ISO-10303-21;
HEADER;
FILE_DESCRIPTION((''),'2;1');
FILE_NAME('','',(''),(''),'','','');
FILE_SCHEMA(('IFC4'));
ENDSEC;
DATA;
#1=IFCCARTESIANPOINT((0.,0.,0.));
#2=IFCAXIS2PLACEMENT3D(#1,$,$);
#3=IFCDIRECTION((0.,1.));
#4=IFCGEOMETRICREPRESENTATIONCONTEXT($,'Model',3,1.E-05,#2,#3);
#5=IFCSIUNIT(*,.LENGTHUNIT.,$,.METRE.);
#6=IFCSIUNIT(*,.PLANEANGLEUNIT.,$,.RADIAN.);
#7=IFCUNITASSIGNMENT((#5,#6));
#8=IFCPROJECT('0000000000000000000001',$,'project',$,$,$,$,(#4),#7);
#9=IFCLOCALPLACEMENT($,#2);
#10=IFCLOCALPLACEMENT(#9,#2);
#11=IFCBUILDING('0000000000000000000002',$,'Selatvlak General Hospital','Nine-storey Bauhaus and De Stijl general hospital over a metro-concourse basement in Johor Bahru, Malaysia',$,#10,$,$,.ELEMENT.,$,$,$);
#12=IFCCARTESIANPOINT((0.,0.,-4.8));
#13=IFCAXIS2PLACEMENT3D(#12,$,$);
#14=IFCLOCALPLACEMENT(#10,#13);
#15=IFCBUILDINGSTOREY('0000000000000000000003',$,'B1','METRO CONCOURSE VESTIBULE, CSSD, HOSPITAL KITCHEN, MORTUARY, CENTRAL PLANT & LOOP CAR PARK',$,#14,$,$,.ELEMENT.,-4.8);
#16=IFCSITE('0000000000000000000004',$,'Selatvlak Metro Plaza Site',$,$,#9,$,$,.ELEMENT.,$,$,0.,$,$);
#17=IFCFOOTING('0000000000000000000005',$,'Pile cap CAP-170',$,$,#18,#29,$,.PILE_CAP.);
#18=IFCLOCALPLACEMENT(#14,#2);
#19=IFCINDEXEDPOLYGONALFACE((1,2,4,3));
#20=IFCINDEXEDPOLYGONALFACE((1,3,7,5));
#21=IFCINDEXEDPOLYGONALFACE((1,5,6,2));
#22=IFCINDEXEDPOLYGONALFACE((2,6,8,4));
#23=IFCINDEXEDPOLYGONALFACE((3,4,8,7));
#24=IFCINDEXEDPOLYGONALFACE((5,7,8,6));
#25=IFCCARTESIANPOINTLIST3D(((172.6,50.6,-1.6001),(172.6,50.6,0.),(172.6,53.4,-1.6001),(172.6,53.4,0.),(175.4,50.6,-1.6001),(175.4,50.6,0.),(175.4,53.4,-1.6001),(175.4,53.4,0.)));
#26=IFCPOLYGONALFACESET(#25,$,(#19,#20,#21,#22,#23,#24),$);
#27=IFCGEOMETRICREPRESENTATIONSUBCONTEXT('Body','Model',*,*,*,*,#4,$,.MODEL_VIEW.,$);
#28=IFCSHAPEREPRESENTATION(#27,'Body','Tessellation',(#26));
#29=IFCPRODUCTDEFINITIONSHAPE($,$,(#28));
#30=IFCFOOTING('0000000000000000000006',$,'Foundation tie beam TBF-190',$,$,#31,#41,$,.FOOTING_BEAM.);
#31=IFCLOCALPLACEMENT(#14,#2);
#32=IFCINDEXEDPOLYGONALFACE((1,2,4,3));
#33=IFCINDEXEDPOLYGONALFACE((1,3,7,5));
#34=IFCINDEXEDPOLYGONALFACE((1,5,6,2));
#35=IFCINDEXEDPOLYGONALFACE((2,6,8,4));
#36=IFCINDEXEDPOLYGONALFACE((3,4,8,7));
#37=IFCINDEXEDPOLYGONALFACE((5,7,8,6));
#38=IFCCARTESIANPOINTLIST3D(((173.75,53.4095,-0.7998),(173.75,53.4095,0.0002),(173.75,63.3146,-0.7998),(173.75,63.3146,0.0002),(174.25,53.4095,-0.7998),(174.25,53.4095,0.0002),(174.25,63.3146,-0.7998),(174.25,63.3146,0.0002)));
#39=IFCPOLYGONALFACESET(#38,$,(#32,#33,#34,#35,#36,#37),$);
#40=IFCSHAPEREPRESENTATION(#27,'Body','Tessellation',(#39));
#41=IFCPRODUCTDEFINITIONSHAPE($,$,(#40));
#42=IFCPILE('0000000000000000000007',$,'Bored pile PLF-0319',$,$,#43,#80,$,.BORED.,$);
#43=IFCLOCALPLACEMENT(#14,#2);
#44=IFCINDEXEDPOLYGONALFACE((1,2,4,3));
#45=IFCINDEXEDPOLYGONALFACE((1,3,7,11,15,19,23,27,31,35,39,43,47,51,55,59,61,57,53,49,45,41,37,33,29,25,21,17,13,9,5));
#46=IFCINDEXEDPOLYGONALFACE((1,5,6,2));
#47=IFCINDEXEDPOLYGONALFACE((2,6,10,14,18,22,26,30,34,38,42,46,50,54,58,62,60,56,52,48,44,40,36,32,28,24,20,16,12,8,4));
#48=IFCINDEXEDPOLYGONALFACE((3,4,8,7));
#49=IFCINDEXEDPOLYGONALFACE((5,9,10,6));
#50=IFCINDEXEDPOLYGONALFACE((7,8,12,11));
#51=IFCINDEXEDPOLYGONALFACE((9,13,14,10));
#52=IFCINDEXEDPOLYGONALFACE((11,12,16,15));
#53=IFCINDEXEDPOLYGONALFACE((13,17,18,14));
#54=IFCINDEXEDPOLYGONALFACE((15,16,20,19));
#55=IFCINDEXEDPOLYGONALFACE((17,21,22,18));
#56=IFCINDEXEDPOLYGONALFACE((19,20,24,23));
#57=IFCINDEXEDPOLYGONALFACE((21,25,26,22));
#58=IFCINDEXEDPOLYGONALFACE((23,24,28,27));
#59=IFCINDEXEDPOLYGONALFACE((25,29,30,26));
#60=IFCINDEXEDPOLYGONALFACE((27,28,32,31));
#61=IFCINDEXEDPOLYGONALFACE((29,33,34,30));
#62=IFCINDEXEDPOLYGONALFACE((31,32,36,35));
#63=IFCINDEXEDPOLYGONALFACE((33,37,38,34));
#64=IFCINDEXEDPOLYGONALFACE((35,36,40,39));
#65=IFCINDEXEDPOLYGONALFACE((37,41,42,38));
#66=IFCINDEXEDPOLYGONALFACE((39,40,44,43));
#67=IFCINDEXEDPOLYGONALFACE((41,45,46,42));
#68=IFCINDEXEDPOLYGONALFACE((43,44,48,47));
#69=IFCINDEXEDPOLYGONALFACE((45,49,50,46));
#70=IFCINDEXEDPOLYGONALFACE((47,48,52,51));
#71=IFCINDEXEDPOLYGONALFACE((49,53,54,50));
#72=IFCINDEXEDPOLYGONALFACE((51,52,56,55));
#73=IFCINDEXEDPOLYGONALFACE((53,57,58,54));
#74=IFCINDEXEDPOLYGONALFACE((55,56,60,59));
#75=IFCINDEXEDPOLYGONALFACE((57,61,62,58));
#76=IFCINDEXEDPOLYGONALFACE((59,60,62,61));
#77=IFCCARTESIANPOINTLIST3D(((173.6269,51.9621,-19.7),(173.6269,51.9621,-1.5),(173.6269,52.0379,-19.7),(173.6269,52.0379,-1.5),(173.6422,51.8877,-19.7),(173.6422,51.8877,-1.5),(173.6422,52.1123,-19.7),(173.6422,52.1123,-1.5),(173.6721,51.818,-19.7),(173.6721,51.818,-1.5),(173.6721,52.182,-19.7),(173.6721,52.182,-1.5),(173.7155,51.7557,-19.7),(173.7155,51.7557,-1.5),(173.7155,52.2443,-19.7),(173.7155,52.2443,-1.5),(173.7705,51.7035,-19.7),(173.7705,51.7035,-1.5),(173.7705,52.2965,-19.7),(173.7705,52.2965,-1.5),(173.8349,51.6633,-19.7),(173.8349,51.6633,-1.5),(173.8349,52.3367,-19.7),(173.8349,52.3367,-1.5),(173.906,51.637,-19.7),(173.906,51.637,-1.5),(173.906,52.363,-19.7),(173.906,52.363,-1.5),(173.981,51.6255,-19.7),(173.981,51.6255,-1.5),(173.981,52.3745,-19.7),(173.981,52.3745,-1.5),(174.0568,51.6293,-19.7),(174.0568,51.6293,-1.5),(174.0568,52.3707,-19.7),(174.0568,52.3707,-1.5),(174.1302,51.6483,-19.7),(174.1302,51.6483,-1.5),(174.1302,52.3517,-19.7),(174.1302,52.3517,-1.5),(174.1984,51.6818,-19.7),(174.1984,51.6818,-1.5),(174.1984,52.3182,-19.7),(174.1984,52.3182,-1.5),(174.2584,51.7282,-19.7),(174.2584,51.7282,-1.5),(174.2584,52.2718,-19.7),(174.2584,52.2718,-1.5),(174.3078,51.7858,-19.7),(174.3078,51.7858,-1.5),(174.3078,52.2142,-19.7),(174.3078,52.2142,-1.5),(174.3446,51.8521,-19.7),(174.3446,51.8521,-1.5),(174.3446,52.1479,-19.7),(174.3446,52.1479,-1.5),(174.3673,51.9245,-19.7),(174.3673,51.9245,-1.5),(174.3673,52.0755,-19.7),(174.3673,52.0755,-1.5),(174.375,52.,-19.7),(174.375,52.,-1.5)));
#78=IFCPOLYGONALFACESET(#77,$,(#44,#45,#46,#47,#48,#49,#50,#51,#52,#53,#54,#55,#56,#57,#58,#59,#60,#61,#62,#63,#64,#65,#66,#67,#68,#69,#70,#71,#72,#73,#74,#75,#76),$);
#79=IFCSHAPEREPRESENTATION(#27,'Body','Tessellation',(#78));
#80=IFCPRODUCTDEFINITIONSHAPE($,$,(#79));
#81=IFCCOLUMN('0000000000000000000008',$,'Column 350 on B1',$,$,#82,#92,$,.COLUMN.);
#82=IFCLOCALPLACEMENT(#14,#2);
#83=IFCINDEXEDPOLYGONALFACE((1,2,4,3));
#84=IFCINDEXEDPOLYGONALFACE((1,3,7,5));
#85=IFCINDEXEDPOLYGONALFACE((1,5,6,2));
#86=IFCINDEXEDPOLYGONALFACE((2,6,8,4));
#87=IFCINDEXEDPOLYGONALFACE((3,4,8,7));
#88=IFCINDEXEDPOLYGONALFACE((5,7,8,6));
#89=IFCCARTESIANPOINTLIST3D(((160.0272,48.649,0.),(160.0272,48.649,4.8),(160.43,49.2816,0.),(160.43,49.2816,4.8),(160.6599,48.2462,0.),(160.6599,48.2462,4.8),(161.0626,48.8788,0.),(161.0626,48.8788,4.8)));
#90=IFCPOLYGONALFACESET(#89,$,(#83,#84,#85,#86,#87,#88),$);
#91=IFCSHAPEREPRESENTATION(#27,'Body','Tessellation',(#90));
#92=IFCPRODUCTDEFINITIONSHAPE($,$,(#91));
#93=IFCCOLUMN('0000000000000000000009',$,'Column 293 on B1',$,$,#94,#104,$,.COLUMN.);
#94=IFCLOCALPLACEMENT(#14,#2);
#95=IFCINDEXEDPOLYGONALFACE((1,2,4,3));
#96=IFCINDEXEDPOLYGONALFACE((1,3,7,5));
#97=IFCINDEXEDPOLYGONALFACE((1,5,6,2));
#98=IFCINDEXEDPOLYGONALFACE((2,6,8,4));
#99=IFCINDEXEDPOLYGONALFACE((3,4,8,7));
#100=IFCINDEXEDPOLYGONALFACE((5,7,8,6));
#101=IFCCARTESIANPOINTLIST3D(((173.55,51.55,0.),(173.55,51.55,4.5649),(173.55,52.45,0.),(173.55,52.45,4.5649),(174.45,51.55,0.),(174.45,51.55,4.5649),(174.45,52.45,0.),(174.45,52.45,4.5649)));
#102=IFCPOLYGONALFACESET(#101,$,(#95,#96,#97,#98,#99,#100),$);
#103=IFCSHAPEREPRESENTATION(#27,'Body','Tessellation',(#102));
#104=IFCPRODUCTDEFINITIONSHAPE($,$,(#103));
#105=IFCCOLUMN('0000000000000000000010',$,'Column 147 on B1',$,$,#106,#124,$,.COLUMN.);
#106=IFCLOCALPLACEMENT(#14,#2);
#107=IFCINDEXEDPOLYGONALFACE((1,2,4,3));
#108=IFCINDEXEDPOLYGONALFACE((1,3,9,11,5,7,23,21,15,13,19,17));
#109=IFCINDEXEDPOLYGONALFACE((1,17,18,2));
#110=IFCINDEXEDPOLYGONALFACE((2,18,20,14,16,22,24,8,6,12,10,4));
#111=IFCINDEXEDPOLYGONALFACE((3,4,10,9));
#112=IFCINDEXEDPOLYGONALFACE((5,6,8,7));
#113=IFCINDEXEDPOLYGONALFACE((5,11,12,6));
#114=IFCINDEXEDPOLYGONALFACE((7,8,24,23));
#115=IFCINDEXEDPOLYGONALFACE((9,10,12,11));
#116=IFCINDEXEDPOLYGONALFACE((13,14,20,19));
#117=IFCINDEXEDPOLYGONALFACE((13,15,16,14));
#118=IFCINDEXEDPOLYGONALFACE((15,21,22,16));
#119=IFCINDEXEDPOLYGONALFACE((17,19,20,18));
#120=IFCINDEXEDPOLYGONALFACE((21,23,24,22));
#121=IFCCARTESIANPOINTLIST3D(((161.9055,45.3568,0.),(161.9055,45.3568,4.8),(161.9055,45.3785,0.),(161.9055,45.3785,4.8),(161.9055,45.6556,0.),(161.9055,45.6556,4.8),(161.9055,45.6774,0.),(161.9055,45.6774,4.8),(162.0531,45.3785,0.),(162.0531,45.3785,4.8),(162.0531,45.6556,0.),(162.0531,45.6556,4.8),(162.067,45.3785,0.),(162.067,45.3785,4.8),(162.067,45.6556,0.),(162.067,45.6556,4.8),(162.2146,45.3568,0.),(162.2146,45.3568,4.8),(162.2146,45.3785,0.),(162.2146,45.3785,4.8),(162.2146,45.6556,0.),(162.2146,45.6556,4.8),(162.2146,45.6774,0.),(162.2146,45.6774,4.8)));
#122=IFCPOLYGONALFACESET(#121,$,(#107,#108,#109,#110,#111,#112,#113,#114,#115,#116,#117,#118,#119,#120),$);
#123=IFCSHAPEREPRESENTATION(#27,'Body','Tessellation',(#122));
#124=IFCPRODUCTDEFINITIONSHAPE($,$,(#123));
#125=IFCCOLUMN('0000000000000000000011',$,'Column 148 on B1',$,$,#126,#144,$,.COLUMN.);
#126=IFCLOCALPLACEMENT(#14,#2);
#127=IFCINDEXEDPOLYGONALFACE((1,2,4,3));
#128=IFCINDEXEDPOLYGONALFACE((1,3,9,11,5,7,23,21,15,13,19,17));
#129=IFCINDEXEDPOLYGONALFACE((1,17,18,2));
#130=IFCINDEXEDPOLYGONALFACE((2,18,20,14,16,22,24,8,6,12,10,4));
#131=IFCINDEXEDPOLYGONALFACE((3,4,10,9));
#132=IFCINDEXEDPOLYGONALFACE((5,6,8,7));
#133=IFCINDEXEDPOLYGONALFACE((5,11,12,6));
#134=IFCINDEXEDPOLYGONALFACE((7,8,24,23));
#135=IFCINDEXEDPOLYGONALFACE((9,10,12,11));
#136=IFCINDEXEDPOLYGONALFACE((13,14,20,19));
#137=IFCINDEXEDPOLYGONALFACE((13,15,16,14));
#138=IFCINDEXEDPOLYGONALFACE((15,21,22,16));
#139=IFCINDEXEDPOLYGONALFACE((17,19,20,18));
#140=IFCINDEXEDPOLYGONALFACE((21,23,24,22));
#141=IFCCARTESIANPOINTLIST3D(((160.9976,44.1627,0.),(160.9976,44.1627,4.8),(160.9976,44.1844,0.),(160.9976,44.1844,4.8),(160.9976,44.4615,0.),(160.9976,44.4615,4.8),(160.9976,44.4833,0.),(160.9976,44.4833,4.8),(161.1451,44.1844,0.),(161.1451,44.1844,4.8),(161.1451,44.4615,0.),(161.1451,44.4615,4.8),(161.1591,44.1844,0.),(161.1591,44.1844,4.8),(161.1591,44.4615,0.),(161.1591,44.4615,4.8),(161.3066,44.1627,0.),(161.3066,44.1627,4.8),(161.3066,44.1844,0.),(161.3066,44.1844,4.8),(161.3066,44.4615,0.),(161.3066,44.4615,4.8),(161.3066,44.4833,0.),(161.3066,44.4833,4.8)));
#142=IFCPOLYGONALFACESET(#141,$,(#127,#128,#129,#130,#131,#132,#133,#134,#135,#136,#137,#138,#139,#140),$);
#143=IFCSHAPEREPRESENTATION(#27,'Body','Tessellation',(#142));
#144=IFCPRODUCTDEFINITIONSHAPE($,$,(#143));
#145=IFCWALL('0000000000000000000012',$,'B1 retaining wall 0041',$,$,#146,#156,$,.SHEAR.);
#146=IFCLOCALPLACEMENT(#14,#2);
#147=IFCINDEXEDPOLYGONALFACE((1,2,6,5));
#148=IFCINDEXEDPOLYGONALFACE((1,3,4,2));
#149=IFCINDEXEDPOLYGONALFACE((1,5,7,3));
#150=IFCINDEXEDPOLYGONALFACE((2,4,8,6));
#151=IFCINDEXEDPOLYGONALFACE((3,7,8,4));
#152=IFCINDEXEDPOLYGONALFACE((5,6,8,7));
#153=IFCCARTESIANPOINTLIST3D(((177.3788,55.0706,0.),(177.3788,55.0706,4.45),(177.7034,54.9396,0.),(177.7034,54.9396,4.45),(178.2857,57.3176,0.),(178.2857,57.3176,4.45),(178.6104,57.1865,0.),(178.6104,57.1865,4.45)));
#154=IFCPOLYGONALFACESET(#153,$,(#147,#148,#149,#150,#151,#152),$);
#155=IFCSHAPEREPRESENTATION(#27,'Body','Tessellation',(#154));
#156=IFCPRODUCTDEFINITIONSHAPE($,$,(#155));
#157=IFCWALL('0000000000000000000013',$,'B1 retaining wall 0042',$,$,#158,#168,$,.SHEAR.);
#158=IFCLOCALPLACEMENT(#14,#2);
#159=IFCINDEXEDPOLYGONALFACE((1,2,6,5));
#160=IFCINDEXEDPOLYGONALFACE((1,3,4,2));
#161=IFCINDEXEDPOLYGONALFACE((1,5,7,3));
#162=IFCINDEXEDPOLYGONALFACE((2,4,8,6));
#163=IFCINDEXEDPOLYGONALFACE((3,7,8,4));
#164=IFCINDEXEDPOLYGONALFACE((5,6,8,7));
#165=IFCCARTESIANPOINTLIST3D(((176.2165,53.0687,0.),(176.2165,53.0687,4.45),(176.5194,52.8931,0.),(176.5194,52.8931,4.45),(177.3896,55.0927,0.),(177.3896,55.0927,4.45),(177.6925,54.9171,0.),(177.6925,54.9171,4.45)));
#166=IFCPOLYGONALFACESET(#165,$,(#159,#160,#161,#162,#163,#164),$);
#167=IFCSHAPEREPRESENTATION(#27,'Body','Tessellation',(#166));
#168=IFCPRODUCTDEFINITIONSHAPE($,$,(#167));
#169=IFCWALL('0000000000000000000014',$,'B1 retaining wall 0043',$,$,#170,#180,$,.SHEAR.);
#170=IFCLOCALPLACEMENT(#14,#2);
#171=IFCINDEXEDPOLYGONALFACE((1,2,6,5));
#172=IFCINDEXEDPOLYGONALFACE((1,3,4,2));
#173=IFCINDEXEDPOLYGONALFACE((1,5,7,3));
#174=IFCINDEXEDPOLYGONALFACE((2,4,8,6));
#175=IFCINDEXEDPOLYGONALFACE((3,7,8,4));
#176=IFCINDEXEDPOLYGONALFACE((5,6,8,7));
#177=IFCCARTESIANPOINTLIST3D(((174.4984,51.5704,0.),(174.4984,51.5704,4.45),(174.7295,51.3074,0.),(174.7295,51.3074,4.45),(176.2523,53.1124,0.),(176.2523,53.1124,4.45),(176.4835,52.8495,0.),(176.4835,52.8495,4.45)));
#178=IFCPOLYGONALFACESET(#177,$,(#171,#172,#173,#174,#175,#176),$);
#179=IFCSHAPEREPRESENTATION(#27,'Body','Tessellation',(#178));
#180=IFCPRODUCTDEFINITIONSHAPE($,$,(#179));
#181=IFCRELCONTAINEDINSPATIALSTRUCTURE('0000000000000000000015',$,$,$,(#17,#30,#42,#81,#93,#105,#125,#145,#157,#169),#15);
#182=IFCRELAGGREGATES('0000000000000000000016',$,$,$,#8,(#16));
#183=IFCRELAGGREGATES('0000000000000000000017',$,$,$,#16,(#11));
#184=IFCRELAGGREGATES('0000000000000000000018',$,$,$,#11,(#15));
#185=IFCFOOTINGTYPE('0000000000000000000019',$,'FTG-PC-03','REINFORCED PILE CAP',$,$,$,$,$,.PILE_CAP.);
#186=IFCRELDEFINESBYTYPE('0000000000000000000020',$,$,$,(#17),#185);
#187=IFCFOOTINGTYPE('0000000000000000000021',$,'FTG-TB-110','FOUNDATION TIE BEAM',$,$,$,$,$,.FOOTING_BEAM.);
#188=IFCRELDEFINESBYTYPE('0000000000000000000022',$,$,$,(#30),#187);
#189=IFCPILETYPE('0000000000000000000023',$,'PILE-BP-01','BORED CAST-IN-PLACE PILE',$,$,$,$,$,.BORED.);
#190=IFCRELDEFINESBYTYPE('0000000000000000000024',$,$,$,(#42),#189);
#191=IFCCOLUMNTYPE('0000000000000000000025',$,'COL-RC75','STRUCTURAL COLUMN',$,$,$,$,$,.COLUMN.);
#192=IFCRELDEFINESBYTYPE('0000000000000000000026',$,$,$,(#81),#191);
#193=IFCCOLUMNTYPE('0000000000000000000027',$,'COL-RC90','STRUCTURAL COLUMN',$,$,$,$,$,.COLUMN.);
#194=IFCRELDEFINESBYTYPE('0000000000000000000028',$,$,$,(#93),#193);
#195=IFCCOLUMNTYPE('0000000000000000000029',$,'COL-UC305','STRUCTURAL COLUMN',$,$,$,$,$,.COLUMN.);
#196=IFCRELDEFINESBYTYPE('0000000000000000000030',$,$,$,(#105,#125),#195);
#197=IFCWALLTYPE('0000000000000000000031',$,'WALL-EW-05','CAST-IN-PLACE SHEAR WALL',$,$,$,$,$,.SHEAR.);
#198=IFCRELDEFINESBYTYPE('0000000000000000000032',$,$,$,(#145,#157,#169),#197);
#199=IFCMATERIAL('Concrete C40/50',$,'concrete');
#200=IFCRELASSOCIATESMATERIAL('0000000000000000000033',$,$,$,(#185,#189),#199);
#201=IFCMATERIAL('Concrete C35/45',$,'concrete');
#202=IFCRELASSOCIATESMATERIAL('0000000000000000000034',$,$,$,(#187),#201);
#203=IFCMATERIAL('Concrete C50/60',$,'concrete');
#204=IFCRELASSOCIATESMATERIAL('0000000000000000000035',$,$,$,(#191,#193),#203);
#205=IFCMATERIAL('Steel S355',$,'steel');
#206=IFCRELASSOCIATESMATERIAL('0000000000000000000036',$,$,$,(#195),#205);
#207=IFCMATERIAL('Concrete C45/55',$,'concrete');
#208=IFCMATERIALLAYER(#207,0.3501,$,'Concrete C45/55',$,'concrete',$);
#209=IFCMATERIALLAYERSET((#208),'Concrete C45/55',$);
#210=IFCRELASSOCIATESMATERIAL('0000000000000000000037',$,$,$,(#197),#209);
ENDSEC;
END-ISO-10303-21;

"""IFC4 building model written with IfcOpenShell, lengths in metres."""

from ifc_helpers import new_model, si_unit, direction, frame, frame_2d, origin, origin_2d, place, context, subcontext, project, spatial, rectangle, circle, i_section, extrude, material, layer, layer_set, material_profile, profile_set, type_object, element, save


model = new_model("IFC4")

# Units and contexts
model_context = context("Model", 3, precision=1e-05, world=origin(), true_north=direction((0.0, 1.0)))
body_context = subcontext(model_context, "Body", "Model", "MODEL_VIEW")
ifc_project = project(units=[si_unit("LENGTHUNIT", "METRE"), si_unit("PLANEANGLEUNIT", "RADIAN")], contexts=[model_context])

# Site, building, storey
site_placement = place(None, origin())
site = spatial("IfcSite", under=ifc_project, at=site_placement, Name="Selatvlak Metro Plaza Site", CompositionType="ELEMENT", RefElevation=0.0)
building_placement = place(site_placement, origin())
building = spatial("IfcBuilding", under=site, at=building_placement, Name="Selatvlak General Hospital", Description="Nine-storey Bauhaus and De Stijl general hospital over a metro-concourse basement in Johor Bahru, Malaysia", CompositionType="ELEMENT")
storey_placement = place(building_placement, frame((0.0, 0.0, -4.8)))
storey = spatial("IfcBuildingStorey", under=building, at=storey_placement, Name="B1", Description="METRO CONCOURSE VESTIBULE, CSSD, HOSPITAL KITCHEN, MORTUARY, CENTRAL PLANT & LOOP CAR PARK", CompositionType="ELEMENT", Elevation=-4.8)

# Footings
ifc_material_1 = material(Name="Concrete C40/50", Category="concrete")
footing_type_1 = type_object("IfcFootingType", Name="FTG-PC-03", Description="REINFORCED PILE CAP", PredefinedType="PILE_CAP", material=ifc_material_1)
footing_1_placement = place(storey_placement, frame((174.0, 52.0, -1.6001), z_axis=(0.0, 0.0, 1.0), x_axis=(1.0, 0.0, 0.0)))
element("IfcFooting", 1, at=footing_1_placement, inside=storey, type_object=footing_type_1, Name="Pile cap CAP-170", PredefinedType="PILE_CAP", context=body_context, shape_type="SweptSolid", body=[
    extrude(rectangle(XDim=2.8, YDim=2.8, at=origin_2d()), origin(), (0.0, 0.0, 1.0), 1.6001),
])
ifc_material_2 = material(Name="Concrete C35/45", Category="concrete")
footing_type_2 = type_object("IfcFootingType", Name="FTG-TB-110", Description="FOUNDATION TIE BEAM", PredefinedType="FOOTING_BEAM", material=ifc_material_2)
footing_2_placement = place(storey_placement, frame((174.0, 58.3621, -0.7998), z_axis=(0.0, 0.0, 1.0), x_axis=(0.0, 1.0, 0.0)))
element("IfcFooting", 2, at=footing_2_placement, inside=storey, type_object=footing_type_2, Name="Foundation tie beam TBF-190", PredefinedType="FOOTING_BEAM", context=body_context, shape_type="SweptSolid", body=[
    extrude(rectangle(XDim=9.905, YDim=0.5, at=origin_2d()), origin(), (0.0, 0.0, 1.0), 0.8),
])

# Pile
ifc_material_profile_1 = material_profile(ifc_material_1, circle(Radius=0.375, at=origin_2d()), Name="BORED PILE 750")
ifc_profile_set_1 = profile_set([ifc_material_profile_1], Name="Concrete C40/50")
pile_type = type_object("IfcPileType", Name="PILE-BP-01", Description="BORED CAST-IN-PLACE PILE", PredefinedType="BORED", material=ifc_profile_set_1)
pile_placement = place(storey_placement, frame((174.0, 52.0, -1.5), z_axis=(0.0, 0.0, -1.0), x_axis=(1.0, 0.0, 0.0)))
element("IfcPile", 3, at=pile_placement, inside=storey, type_object=pile_type, Name="Bored pile PLF-0319", PredefinedType="BORED", context=body_context, shape_type="SweptSolid", body=[
    extrude(circle(Radius=0.375, at=origin_2d()), origin(), (0.0, 0.0, 1.0), 18.2),
])

# Columns
ifc_material_3 = material(Name="Concrete C50/60", Category="concrete")
ifc_material_profile_2 = material_profile(ifc_material_3, rectangle(XDim=0.75, YDim=0.75, at=origin_2d()), Name="RC-COL 750x750")
ifc_profile_set_2 = profile_set([ifc_material_profile_2], Name="Concrete C50/60")
column_type_1 = type_object("IfcColumnType", Name="COL-RC75", Description="STRUCTURAL COLUMN", PredefinedType="COLUMN", material=ifc_profile_set_2)
column_1_placement = place(storey_placement, frame((160.5449, 48.7639, 0.0), z_axis=(0.0, 0.0, 1.0), x_axis=(0.537064, 0.843541, 0.0)))
element("IfcColumn", 4, at=column_1_placement, inside=storey, type_object=column_type_1, Name="Column 350 on B1", PredefinedType="COLUMN", context=body_context, shape_type="SweptSolid", body=[
    extrude(rectangle(XDim=0.75, YDim=0.75, at=origin_2d()), origin(), (0.0, 0.0, 1.0), 4.8),
])
ifc_material_profile_3 = material_profile(ifc_material_3, rectangle(XDim=0.8999, YDim=0.8999, at=origin_2d()), Name="RC-COL 900x900")
ifc_profile_set_3 = profile_set([ifc_material_profile_3], Name="Concrete C50/60")
column_type_2 = type_object("IfcColumnType", Name="COL-RC90", Description="STRUCTURAL COLUMN", PredefinedType="COLUMN", material=ifc_profile_set_3)
column_2_placement = place(storey_placement, frame((174.0, 52.0, 0.0), z_axis=(0.0, 0.0, 1.0), x_axis=(1.0, 0.0, 0.0)))
element("IfcColumn", 5, at=column_2_placement, inside=storey, type_object=column_type_2, Name="Column 293 on B1", PredefinedType="COLUMN", context=body_context, shape_type="SweptSolid", body=[
    extrude(rectangle(XDim=0.8999, YDim=0.8999, at=origin_2d()), origin(), (0.0, 0.0, 1.0), 4.5649),
])
ifc_material_4 = material(Name="Steel S355", Category="steel")
ifc_material_profile_4 = material_profile(ifc_material_4, i_section(OverallWidth=0.3091, OverallDepth=0.3206, WebThickness=0.0139, FlangeThickness=0.0217, at=origin_2d()), Name="UC 305x305x137")
ifc_profile_set_4 = profile_set([ifc_material_profile_4], Name="Steel S355")
column_type_3 = type_object("IfcColumnType", Name="COL-UC305", Description="STRUCTURAL COLUMN", PredefinedType="COLUMN", material=ifc_profile_set_4)
for number, where, z_axis, x_axis, name in (
    (6, (162.0601, 45.5171, 0.0), (0.0, 0.0, 1.0), (1.0, 0.0, 0.0), "Column 147 on B1"),
    (7, (161.1521, 44.323, 0.0), (0.0, 0.0, 1.0), (1.0, 0.0, 0.0), "Column 148 on B1"),
):
    element("IfcColumn", number, at=place(storey_placement, frame(where, z_axis=z_axis, x_axis=x_axis)), inside=storey, type_object=column_type_3, Name=name, PredefinedType="COLUMN", context=body_context, shape_type="SweptSolid", body=[
        extrude(i_section(OverallWidth=0.3091, OverallDepth=0.3206, WebThickness=0.0139, FlangeThickness=0.0217, at=origin_2d()), origin(), (0.0, 0.0, 1.0), 4.8),
    ])

# Walls
ifc_material_5 = material(Name="Concrete C45/55", Category="concrete")
ifc_layer_1 = layer(ifc_material_5, 0.3501, Name="Concrete C45/55", Category="concrete")
ifc_layer_set_1 = layer_set([ifc_layer_1], Name="Concrete C45/55")
wall_type_1 = type_object("IfcWallType", Name="WALL-EW-05", Description="CAST-IN-PLACE SHEAR WALL", PredefinedType="SHEAR", material=ifc_layer_set_1)
wall_1_placement = place(storey_placement, frame((178.448, 57.252, 0.0), z_axis=(0.0, 0.0, 1.0), x_axis=(-0.37429, -0.927312, 0.0)))
element("IfcWall", 8, at=wall_1_placement, inside=storey, type_object=wall_type_1, Name="B1 retaining wall 0041", PredefinedType="SHEAR", context=body_context, shape_type="SweptSolid", body=[
    extrude(rectangle(XDim=2.4231, YDim=0.3501, at=frame_2d((1.2114, 0.0))), origin(), (0.0, 0.0, 1.0), 4.45),
])
wall_2_placement = place(storey_placement, frame((177.541, 55.0049, 0.0), z_axis=(0.0, 0.0, 1.0), x_axis=(-0.501468, -0.865176, 0.0)))
element("IfcWall", 9, at=wall_2_placement, inside=storey, type_object=wall_type_1, Name="B1 retaining wall 0042", PredefinedType="SHEAR", context=body_context, shape_type="SweptSolid", body=[
    extrude(rectangle(XDim=2.3394, YDim=0.3501, at=frame_2d((1.1697, 0.0))), origin(), (0.0, 0.0, 1.0), 4.45),
])
wall_3_placement = place(storey_placement, frame((176.3679, 52.981, 0.0), z_axis=(0.0, 0.0, 1.0), x_axis=(-0.75102, -0.660279, 0.0)))
element("IfcWall", 10, at=wall_3_placement, inside=storey, type_object=wall_type_1, Name="B1 retaining wall 0043", PredefinedType="SHEAR", context=body_context, shape_type="SweptSolid", body=[
    extrude(rectangle(XDim=2.3354, YDim=0.3501, at=frame_2d((1.1677, 0.0))), origin(), (0.0, 0.0, 1.0), 4.45),
])

save(model, "model.ifc")
